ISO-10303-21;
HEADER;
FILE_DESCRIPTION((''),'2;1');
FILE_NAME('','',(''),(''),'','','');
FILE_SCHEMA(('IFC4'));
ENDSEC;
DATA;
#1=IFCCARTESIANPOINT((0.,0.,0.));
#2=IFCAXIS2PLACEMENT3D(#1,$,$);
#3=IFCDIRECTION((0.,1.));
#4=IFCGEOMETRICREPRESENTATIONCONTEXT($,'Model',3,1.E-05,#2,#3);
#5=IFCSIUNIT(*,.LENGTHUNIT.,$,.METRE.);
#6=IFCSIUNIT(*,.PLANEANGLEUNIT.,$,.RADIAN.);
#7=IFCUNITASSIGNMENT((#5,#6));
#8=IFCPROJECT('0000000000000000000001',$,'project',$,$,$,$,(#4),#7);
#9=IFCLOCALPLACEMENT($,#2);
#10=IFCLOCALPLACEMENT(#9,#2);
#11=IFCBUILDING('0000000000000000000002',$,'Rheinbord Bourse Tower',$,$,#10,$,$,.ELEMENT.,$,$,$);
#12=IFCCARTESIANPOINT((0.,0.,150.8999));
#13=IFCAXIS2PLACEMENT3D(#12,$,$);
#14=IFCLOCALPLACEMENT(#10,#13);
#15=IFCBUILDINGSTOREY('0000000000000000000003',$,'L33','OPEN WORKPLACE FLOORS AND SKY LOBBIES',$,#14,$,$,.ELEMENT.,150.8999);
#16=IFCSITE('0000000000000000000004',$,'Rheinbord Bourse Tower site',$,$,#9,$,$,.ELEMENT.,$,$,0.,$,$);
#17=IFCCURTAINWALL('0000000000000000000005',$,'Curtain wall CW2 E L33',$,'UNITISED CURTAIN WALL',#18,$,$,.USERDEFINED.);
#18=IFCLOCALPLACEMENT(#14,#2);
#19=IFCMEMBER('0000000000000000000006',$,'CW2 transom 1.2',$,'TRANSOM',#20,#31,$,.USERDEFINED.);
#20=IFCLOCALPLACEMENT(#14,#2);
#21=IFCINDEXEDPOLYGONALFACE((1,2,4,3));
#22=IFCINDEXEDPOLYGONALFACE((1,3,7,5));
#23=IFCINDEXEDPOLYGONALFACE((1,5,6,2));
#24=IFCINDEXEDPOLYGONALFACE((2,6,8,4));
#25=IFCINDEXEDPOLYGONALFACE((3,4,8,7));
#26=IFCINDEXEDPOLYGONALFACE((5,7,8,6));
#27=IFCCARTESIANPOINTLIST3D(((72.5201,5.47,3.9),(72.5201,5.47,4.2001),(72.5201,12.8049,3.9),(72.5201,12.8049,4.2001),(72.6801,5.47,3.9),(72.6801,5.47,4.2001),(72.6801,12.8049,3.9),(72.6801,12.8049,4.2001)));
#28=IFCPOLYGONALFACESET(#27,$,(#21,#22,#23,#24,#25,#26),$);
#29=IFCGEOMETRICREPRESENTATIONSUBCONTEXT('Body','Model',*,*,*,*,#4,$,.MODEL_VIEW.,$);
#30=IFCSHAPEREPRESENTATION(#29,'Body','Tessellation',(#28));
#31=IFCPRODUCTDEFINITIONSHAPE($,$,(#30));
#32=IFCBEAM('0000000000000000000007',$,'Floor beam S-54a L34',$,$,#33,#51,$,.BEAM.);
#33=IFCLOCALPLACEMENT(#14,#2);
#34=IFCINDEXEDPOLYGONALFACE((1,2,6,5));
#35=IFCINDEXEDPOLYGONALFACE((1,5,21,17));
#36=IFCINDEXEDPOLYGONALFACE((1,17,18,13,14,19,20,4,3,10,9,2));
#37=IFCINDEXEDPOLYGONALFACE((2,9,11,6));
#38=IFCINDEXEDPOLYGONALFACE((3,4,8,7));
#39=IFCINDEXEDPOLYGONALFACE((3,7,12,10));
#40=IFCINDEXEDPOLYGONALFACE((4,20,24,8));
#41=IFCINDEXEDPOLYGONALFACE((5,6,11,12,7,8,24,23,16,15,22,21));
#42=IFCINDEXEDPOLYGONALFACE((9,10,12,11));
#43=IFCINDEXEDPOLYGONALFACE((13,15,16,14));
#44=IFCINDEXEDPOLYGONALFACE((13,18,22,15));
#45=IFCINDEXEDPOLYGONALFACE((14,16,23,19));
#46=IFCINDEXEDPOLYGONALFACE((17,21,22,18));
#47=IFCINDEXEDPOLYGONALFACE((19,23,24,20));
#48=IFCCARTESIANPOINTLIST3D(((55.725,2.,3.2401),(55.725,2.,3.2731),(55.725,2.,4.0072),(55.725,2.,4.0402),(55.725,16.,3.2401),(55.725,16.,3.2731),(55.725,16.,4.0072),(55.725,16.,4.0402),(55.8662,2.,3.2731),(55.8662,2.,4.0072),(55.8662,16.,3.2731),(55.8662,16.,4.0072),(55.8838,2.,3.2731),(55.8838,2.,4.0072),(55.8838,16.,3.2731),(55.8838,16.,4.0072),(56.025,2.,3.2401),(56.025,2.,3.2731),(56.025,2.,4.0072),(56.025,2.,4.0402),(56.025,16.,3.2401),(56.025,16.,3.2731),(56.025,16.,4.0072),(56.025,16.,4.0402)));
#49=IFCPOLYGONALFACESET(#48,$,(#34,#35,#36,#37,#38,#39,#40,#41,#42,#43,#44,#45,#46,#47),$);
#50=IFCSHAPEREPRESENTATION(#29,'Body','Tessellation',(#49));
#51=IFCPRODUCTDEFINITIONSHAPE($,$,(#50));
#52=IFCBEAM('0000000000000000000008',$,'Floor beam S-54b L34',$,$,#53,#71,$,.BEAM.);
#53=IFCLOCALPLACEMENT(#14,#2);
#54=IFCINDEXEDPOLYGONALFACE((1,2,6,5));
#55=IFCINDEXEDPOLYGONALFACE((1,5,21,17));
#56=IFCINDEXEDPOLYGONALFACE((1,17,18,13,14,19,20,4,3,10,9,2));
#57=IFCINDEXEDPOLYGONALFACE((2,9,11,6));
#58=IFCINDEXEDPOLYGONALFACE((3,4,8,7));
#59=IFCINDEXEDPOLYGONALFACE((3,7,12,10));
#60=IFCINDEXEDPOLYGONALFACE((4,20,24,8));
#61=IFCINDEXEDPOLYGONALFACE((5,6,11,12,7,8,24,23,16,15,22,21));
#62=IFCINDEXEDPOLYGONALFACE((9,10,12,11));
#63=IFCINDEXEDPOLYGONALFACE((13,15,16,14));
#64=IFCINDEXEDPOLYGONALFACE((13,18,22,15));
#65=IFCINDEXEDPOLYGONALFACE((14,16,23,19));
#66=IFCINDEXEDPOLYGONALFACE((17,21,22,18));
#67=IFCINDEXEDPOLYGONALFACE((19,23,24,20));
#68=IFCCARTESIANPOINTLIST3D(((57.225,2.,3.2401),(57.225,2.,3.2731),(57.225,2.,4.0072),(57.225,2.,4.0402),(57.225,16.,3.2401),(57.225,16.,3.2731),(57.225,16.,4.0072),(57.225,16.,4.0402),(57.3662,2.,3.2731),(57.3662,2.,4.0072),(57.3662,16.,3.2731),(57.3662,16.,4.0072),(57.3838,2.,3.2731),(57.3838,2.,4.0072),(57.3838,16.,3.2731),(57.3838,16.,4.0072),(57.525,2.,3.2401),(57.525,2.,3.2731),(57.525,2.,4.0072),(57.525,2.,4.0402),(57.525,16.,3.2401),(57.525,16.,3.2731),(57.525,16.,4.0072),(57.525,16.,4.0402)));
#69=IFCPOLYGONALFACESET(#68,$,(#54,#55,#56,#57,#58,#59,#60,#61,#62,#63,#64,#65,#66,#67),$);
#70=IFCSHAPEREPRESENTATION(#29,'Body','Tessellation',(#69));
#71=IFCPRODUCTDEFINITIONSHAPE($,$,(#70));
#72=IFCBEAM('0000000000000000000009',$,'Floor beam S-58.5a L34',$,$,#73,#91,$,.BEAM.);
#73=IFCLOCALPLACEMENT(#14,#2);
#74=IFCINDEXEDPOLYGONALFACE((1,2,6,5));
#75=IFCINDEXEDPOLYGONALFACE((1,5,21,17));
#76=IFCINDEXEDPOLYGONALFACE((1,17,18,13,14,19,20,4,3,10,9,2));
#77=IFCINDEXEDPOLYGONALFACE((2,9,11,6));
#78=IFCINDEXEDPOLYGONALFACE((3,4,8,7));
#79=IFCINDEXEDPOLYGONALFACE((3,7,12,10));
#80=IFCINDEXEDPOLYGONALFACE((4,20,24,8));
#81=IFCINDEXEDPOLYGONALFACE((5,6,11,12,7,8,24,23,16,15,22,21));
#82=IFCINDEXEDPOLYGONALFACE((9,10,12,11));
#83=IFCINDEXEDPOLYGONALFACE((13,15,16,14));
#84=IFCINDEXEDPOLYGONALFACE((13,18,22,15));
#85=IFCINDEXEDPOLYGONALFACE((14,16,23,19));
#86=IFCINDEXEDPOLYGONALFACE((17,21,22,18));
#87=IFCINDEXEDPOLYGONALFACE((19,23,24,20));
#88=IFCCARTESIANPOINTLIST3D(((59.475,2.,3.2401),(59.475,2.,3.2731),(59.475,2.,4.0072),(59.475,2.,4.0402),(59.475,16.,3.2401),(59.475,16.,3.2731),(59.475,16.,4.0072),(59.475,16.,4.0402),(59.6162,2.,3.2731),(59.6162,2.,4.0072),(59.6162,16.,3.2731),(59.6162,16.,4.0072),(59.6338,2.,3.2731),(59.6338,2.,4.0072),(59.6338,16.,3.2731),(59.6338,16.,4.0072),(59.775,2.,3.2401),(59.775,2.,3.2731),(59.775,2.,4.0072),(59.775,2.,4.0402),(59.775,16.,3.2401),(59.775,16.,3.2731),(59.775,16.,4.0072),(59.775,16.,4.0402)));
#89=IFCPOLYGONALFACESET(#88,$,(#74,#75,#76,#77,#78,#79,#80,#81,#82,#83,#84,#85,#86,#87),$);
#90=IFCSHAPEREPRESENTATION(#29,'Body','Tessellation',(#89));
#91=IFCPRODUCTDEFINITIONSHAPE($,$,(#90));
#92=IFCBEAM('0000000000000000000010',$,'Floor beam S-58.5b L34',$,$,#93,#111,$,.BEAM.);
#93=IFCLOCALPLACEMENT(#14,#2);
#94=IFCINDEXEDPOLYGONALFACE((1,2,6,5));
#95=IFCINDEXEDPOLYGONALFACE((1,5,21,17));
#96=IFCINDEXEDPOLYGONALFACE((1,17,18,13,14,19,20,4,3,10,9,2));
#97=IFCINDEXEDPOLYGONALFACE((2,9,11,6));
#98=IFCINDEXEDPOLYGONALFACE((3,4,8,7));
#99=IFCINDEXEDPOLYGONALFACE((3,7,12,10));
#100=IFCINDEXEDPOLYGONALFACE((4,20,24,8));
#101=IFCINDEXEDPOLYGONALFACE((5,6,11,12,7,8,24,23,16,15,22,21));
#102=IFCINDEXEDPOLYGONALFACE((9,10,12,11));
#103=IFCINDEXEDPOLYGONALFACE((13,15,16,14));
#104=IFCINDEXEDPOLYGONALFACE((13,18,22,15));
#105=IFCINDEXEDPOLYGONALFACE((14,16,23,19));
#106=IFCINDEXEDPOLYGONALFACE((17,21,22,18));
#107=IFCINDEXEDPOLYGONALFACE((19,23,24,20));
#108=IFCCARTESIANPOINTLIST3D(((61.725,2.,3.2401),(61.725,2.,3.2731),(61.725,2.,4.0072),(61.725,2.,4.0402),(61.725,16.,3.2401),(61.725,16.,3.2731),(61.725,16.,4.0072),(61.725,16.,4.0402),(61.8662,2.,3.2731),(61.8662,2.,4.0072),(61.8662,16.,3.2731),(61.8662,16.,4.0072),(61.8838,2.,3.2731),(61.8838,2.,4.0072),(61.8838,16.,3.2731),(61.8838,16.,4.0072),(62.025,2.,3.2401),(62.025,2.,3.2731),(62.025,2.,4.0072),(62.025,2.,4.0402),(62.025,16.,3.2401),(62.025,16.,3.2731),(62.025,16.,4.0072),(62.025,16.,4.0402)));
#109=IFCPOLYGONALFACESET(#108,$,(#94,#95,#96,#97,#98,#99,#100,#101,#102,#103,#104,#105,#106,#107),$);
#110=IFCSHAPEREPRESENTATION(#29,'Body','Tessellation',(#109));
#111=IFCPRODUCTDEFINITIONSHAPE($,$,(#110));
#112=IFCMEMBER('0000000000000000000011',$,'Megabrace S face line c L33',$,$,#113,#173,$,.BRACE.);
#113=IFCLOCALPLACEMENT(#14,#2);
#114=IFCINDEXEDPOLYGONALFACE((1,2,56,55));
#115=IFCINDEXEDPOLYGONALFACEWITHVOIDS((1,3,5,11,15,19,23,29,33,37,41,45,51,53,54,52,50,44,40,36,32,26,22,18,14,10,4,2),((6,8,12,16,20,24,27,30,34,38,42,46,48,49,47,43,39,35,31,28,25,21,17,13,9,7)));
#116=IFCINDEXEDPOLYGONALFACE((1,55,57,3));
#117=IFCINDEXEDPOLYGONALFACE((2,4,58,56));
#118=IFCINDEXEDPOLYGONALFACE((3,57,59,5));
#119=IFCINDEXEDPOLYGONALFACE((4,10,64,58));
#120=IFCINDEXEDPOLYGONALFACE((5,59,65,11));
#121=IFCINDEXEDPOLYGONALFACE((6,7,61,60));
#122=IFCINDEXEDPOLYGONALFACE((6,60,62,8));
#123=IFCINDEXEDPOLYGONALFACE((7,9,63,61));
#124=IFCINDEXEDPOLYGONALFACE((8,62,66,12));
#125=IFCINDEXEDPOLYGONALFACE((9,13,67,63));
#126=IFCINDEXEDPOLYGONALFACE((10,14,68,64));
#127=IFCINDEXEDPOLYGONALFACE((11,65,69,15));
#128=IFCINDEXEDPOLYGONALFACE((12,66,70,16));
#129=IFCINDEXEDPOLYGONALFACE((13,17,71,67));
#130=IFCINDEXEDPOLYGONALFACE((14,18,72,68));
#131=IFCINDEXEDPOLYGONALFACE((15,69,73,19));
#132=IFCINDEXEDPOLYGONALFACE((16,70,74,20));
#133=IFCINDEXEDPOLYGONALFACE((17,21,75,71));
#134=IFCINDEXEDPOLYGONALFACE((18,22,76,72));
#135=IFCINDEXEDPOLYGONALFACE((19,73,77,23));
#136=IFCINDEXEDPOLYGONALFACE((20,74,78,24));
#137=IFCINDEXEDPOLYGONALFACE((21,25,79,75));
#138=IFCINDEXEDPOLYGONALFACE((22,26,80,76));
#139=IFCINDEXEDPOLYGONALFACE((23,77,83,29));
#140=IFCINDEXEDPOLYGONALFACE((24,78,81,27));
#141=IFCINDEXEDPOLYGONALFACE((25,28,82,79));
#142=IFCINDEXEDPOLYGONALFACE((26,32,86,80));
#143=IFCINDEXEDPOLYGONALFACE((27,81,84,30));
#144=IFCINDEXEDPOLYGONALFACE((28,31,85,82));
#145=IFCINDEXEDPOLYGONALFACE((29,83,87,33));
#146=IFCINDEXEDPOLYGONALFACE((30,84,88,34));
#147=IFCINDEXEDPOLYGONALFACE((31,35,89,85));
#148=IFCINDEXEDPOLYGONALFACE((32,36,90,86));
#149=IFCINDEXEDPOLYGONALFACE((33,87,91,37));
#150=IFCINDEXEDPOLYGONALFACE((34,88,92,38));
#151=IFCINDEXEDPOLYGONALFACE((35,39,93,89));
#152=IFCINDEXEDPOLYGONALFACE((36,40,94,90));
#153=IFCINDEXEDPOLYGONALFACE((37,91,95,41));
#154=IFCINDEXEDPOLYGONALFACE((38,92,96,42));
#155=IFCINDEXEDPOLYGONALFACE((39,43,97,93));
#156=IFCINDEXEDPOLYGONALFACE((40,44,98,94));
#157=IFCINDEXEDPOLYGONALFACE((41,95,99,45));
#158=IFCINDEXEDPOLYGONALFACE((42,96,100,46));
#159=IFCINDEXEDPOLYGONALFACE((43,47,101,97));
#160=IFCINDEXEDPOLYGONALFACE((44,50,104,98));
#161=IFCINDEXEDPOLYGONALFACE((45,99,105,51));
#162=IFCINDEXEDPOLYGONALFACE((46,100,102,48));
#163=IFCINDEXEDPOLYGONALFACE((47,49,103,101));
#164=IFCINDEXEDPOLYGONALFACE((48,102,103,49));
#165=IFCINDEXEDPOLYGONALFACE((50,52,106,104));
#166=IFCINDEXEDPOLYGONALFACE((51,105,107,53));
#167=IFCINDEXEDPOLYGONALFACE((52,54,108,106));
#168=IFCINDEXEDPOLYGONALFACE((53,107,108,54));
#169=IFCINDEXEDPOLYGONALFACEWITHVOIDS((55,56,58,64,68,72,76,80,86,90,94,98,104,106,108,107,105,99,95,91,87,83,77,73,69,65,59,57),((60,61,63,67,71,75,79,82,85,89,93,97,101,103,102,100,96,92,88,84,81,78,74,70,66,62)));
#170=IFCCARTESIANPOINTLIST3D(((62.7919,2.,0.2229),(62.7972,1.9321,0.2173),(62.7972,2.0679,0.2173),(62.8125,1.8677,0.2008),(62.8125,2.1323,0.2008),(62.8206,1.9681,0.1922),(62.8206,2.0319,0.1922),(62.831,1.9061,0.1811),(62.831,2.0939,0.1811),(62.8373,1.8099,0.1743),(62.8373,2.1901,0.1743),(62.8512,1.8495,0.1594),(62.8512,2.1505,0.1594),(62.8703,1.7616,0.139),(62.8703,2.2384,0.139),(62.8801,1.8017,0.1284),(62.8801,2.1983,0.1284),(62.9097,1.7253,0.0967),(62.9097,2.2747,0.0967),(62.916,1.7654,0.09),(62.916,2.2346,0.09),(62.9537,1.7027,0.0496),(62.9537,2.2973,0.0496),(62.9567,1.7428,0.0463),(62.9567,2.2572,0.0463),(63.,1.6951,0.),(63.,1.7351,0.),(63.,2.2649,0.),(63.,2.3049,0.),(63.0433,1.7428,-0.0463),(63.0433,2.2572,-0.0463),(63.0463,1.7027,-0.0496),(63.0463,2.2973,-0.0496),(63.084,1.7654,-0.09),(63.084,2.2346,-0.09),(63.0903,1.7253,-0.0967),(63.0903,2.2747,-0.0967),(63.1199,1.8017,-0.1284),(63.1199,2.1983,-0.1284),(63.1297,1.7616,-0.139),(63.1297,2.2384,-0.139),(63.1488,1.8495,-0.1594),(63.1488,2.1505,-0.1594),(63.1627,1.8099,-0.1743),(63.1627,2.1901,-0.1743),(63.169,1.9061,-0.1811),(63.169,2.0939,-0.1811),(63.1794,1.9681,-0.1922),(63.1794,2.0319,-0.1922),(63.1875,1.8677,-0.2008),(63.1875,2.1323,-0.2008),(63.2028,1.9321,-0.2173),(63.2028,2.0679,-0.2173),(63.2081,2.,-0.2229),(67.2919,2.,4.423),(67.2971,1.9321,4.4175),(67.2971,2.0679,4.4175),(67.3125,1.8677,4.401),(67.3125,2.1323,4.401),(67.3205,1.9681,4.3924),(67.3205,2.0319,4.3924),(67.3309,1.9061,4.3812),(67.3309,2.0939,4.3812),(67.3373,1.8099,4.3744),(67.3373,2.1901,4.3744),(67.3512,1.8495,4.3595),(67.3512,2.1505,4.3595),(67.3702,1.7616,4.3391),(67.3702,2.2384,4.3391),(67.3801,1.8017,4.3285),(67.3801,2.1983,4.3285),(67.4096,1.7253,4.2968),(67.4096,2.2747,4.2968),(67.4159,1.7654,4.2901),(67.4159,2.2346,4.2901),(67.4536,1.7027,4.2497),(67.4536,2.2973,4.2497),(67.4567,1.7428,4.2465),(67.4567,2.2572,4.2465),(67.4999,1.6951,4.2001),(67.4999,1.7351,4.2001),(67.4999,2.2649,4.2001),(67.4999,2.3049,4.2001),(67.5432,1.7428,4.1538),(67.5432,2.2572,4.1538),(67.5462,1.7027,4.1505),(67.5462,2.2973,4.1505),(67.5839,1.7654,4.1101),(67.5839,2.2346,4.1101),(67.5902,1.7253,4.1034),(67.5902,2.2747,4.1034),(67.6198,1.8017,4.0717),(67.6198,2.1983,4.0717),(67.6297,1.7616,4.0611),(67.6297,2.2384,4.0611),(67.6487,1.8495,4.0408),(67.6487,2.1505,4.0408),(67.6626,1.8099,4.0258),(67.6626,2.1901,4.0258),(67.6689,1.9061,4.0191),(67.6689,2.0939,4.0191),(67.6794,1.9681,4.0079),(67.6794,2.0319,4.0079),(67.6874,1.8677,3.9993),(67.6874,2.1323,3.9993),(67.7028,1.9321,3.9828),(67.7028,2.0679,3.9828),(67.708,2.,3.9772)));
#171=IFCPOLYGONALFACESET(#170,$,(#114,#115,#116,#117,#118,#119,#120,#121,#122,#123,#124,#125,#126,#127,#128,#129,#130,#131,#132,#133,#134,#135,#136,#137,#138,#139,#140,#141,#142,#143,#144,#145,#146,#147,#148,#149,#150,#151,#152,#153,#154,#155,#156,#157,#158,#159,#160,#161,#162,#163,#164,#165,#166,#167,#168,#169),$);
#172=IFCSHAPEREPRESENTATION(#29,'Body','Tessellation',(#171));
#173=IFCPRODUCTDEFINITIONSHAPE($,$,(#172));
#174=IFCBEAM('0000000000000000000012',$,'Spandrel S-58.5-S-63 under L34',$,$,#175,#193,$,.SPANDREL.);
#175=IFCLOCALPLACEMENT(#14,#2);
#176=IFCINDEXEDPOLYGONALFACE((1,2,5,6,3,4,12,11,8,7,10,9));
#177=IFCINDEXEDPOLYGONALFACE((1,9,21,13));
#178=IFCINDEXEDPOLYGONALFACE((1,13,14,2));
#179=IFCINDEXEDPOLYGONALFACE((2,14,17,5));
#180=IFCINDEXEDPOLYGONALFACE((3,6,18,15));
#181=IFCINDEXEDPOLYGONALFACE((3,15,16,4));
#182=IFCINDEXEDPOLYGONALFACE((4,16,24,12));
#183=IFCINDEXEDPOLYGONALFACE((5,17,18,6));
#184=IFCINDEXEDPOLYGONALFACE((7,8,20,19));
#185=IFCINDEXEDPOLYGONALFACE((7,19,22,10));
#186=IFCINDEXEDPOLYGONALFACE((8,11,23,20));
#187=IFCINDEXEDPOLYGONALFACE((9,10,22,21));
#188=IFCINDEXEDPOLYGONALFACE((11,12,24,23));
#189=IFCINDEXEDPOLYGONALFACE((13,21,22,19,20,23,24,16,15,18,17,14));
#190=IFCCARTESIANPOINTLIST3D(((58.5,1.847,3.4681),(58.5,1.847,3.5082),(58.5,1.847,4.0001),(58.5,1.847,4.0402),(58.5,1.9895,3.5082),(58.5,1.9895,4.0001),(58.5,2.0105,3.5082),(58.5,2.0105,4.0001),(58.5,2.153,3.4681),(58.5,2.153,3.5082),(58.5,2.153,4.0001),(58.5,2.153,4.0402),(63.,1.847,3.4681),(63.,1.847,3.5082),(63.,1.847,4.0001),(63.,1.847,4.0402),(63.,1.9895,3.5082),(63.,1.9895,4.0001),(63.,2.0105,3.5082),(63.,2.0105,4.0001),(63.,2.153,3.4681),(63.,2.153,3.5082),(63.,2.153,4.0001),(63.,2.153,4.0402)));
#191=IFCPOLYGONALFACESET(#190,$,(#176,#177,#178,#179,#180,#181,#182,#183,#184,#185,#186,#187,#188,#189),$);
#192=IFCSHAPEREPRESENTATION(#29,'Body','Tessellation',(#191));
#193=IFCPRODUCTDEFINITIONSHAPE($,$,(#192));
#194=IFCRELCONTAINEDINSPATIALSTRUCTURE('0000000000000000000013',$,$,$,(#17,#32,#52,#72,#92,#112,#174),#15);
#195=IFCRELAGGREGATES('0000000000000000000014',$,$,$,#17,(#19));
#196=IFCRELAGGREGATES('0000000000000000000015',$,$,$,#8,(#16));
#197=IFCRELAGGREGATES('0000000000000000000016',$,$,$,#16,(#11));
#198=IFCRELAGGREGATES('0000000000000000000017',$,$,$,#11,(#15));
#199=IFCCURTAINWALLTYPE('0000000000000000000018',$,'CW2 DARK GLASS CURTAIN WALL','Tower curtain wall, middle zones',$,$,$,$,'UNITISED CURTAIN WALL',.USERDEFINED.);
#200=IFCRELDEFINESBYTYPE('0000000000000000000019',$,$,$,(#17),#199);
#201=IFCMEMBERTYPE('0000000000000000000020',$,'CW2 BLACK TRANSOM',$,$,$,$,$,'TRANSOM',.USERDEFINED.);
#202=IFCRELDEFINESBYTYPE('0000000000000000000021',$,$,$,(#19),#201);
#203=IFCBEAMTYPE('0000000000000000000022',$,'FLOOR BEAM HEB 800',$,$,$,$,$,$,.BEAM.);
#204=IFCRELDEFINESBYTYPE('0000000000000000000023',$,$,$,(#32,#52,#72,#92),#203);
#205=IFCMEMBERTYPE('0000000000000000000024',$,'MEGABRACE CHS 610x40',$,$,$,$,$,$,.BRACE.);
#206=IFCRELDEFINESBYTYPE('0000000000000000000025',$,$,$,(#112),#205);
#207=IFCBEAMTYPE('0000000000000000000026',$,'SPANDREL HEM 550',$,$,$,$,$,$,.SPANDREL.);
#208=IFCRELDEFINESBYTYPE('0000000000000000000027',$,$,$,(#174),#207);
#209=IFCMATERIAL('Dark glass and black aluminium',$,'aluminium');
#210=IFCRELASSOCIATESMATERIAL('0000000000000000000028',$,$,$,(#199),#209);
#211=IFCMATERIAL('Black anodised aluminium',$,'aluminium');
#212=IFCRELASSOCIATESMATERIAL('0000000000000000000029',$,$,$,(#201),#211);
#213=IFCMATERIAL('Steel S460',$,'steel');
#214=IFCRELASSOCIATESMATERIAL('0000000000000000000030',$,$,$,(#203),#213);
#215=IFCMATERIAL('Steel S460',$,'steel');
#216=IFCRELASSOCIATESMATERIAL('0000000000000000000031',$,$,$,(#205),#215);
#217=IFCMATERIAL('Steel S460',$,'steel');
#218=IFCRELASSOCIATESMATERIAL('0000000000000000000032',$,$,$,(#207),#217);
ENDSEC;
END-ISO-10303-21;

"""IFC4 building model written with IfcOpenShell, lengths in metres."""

from ifc_helpers import new_model, si_unit, direction, frame, origin, origin_2d, place, context, subcontext, project, spatial, rectangle, hollow_circle, i_section, extrude, material, material_profile, profile_set, type_object, element, aggregate, save


model = new_model("IFC4")

# Units and contexts
model_context = context("Model", 3, precision=1e-05, world=origin(), true_north=direction((0.0, 1.0)))
body_context = subcontext(model_context, "Body", "Model", "MODEL_VIEW")
ifc_project = project(units=[si_unit("LENGTHUNIT", "METRE"), si_unit("PLANEANGLEUNIT", "RADIAN")], contexts=[model_context])

# Site, building, storey
site_placement = place(None, origin())
site = spatial("IfcSite", under=ifc_project, at=site_placement, Name="Rheinbord Bourse Tower site", CompositionType="ELEMENT", RefElevation=0.0)
building_placement = place(site_placement, origin())
building = spatial("IfcBuilding", under=site, at=building_placement, Name="Rheinbord Bourse Tower", CompositionType="ELEMENT")
storey_placement = place(building_placement, frame((0.0, 0.0, 150.8999)))
storey = spatial("IfcBuildingStorey", under=building, at=storey_placement, Name="L33", Description="OPEN WORKPLACE FLOORS AND SKY LOBBIES", CompositionType="ELEMENT", Elevation=150.8999)

# Shared definitions
ifc_material_1 = material(Name="Dark glass and black aluminium", Category="aluminium")
curtain_wall_type = type_object("IfcCurtainWallType", Name="CW2 DARK GLASS CURTAIN WALL", Description="Tower curtain wall, middle zones", ElementType="UNITISED CURTAIN WALL", PredefinedType="USERDEFINED", material=ifc_material_1)

# Curtain wall
curtain_wall_1_placement = place(storey_placement, origin())
curtain_wall_1 = element("IfcCurtainWall", 1, at=curtain_wall_1_placement, inside=storey, type_object=curtain_wall_type, Name="Curtain wall CW2 E L33", ObjectType="UNITISED CURTAIN WALL", PredefinedType="USERDEFINED")

# Member
ifc_material_2 = material(Name="Black anodised aluminium", Category="aluminium")
ifc_material_profile_1 = material_profile(ifc_material_2, rectangle(XDim=0.1599, YDim=0.3, at=origin_2d()), Name="CW2 TRANSOM 300x160")
ifc_profile_set_1 = profile_set([ifc_material_profile_1], Name="Black anodised aluminium")
member_type_1 = type_object("IfcMemberType", Name="CW2 BLACK TRANSOM", ElementType="TRANSOM", PredefinedType="USERDEFINED", material=ifc_profile_set_1)
member_1_placement = place(storey_placement, frame((72.6001, 5.47, 4.05), z_axis=(0.0, 1.0, 0.0), x_axis=(-1.0, 0.0, 0.0)))
member_1 = element("IfcMember", 2, at=member_1_placement, type_object=member_type_1, Name="CW2 transom 1.2", ObjectType="TRANSOM", PredefinedType="USERDEFINED", context=body_context, shape_type="SweptSolid", body=[
    extrude(rectangle(XDim=0.1599, YDim=0.3, at=origin_2d()), origin(), (0.0, 0.0, 1.0), 7.335),
])

# Beams
ifc_material_3 = material(Name="Steel S460", Category="steel")
ifc_material_profile_2 = material_profile(ifc_material_3, i_section(OverallWidth=0.3, OverallDepth=0.8, WebThickness=0.0176, FlangeThickness=0.033, at=origin_2d()), Name="HEB 800")
ifc_profile_set_2 = profile_set([ifc_material_profile_2], Name="Steel S460")
beam_type_1 = type_object("IfcBeamType", Name="FLOOR BEAM HEB 800", PredefinedType="BEAM", material=ifc_profile_set_2)
for number, where, z_axis, x_axis, name in (
    (3, (55.875, 2.0, 3.6401), (0.0, 1.0, 0.0), (-1.0, 0.0, 0.0), "Floor beam S-54a L34"),
    (4, (57.375, 2.0, 3.6401), (0.0, 1.0, 0.0), (-1.0, 0.0, 0.0), "Floor beam S-54b L34"),
    (5, (59.625, 2.0, 3.6401), (0.0, 1.0, 0.0), (-1.0, 0.0, 0.0), "Floor beam S-58.5a L34"),
    (6, (61.875, 2.0, 3.6401), (0.0, 1.0, 0.0), (-1.0, 0.0, 0.0), "Floor beam S-58.5b L34"),
):
    element("IfcBeam", number, at=place(storey_placement, frame(where, z_axis=z_axis, x_axis=x_axis)), inside=storey, type_object=beam_type_1, Name=name, PredefinedType="BEAM", context=body_context, shape_type="SweptSolid", body=[
        extrude(i_section(OverallWidth=0.3, OverallDepth=0.8, WebThickness=0.0176, FlangeThickness=0.033, at=origin_2d()), origin(), (0.0, 0.0, 1.0), 14.0),
    ])

# Member
ifc_material_4 = material(Name="Steel S460", Category="steel")
ifc_material_profile_3 = material_profile(ifc_material_4, hollow_circle(Radius=0.3049, WallThickness=0.04, at=origin_2d()), Name="CHS 610x40")
ifc_profile_set_3 = profile_set([ifc_material_profile_3], Name="Steel S460")
member_type_2 = type_object("IfcMemberType", Name="MEGABRACE CHS 610x40", PredefinedType="BRACE", material=ifc_profile_set_3)
member_2_placement = place(storey_placement, frame((63.0, 2.0, 0.0), z_axis=(0.731039, 0.0, 0.682335), x_axis=(0.0, 1.0, 0.0)))
element("IfcMember", 7, at=member_2_placement, inside=storey, type_object=member_type_2, Name="Megabrace S face line c L33", PredefinedType="BRACE", context=body_context, shape_type="SweptSolid", body=[
    extrude(hollow_circle(Radius=0.3049, WallThickness=0.04, at=origin_2d()), origin(), (0.0, 0.0, 1.0), 6.1555),
])

# Beam
ifc_material_5 = material(Name="Steel S460", Category="steel")
ifc_material_profile_4 = material_profile(ifc_material_5, i_section(OverallWidth=0.3059, OverallDepth=0.572, WebThickness=0.021, FlangeThickness=0.04, at=origin_2d()), Name="HEM 550")
ifc_profile_set_4 = profile_set([ifc_material_profile_4], Name="Steel S460")
beam_type_2 = type_object("IfcBeamType", Name="SPANDREL HEM 550", PredefinedType="SPANDREL", material=ifc_profile_set_4)
for number, where, z_axis, x_axis, name in (
    (8, (58.5, 2.0, 3.7542), (1.0, 0.0, 0.0), (0.0, 1.0, 0.0), "Spandrel S-58.5-S-63 under L34"),
):
    element("IfcBeam", number, at=place(storey_placement, frame(where, z_axis=z_axis, x_axis=x_axis)), inside=storey, type_object=beam_type_2, Name=name, PredefinedType="SPANDREL", context=body_context, shape_type="SweptSolid", body=[
        extrude(i_section(OverallWidth=0.3059, OverallDepth=0.572, WebThickness=0.021, FlangeThickness=0.04, at=origin_2d()), origin(), (0.0, 0.0, 1.0), 4.5),
    ])

aggregate(curtain_wall_1, [member_1])

save(model, "model.ifc")
